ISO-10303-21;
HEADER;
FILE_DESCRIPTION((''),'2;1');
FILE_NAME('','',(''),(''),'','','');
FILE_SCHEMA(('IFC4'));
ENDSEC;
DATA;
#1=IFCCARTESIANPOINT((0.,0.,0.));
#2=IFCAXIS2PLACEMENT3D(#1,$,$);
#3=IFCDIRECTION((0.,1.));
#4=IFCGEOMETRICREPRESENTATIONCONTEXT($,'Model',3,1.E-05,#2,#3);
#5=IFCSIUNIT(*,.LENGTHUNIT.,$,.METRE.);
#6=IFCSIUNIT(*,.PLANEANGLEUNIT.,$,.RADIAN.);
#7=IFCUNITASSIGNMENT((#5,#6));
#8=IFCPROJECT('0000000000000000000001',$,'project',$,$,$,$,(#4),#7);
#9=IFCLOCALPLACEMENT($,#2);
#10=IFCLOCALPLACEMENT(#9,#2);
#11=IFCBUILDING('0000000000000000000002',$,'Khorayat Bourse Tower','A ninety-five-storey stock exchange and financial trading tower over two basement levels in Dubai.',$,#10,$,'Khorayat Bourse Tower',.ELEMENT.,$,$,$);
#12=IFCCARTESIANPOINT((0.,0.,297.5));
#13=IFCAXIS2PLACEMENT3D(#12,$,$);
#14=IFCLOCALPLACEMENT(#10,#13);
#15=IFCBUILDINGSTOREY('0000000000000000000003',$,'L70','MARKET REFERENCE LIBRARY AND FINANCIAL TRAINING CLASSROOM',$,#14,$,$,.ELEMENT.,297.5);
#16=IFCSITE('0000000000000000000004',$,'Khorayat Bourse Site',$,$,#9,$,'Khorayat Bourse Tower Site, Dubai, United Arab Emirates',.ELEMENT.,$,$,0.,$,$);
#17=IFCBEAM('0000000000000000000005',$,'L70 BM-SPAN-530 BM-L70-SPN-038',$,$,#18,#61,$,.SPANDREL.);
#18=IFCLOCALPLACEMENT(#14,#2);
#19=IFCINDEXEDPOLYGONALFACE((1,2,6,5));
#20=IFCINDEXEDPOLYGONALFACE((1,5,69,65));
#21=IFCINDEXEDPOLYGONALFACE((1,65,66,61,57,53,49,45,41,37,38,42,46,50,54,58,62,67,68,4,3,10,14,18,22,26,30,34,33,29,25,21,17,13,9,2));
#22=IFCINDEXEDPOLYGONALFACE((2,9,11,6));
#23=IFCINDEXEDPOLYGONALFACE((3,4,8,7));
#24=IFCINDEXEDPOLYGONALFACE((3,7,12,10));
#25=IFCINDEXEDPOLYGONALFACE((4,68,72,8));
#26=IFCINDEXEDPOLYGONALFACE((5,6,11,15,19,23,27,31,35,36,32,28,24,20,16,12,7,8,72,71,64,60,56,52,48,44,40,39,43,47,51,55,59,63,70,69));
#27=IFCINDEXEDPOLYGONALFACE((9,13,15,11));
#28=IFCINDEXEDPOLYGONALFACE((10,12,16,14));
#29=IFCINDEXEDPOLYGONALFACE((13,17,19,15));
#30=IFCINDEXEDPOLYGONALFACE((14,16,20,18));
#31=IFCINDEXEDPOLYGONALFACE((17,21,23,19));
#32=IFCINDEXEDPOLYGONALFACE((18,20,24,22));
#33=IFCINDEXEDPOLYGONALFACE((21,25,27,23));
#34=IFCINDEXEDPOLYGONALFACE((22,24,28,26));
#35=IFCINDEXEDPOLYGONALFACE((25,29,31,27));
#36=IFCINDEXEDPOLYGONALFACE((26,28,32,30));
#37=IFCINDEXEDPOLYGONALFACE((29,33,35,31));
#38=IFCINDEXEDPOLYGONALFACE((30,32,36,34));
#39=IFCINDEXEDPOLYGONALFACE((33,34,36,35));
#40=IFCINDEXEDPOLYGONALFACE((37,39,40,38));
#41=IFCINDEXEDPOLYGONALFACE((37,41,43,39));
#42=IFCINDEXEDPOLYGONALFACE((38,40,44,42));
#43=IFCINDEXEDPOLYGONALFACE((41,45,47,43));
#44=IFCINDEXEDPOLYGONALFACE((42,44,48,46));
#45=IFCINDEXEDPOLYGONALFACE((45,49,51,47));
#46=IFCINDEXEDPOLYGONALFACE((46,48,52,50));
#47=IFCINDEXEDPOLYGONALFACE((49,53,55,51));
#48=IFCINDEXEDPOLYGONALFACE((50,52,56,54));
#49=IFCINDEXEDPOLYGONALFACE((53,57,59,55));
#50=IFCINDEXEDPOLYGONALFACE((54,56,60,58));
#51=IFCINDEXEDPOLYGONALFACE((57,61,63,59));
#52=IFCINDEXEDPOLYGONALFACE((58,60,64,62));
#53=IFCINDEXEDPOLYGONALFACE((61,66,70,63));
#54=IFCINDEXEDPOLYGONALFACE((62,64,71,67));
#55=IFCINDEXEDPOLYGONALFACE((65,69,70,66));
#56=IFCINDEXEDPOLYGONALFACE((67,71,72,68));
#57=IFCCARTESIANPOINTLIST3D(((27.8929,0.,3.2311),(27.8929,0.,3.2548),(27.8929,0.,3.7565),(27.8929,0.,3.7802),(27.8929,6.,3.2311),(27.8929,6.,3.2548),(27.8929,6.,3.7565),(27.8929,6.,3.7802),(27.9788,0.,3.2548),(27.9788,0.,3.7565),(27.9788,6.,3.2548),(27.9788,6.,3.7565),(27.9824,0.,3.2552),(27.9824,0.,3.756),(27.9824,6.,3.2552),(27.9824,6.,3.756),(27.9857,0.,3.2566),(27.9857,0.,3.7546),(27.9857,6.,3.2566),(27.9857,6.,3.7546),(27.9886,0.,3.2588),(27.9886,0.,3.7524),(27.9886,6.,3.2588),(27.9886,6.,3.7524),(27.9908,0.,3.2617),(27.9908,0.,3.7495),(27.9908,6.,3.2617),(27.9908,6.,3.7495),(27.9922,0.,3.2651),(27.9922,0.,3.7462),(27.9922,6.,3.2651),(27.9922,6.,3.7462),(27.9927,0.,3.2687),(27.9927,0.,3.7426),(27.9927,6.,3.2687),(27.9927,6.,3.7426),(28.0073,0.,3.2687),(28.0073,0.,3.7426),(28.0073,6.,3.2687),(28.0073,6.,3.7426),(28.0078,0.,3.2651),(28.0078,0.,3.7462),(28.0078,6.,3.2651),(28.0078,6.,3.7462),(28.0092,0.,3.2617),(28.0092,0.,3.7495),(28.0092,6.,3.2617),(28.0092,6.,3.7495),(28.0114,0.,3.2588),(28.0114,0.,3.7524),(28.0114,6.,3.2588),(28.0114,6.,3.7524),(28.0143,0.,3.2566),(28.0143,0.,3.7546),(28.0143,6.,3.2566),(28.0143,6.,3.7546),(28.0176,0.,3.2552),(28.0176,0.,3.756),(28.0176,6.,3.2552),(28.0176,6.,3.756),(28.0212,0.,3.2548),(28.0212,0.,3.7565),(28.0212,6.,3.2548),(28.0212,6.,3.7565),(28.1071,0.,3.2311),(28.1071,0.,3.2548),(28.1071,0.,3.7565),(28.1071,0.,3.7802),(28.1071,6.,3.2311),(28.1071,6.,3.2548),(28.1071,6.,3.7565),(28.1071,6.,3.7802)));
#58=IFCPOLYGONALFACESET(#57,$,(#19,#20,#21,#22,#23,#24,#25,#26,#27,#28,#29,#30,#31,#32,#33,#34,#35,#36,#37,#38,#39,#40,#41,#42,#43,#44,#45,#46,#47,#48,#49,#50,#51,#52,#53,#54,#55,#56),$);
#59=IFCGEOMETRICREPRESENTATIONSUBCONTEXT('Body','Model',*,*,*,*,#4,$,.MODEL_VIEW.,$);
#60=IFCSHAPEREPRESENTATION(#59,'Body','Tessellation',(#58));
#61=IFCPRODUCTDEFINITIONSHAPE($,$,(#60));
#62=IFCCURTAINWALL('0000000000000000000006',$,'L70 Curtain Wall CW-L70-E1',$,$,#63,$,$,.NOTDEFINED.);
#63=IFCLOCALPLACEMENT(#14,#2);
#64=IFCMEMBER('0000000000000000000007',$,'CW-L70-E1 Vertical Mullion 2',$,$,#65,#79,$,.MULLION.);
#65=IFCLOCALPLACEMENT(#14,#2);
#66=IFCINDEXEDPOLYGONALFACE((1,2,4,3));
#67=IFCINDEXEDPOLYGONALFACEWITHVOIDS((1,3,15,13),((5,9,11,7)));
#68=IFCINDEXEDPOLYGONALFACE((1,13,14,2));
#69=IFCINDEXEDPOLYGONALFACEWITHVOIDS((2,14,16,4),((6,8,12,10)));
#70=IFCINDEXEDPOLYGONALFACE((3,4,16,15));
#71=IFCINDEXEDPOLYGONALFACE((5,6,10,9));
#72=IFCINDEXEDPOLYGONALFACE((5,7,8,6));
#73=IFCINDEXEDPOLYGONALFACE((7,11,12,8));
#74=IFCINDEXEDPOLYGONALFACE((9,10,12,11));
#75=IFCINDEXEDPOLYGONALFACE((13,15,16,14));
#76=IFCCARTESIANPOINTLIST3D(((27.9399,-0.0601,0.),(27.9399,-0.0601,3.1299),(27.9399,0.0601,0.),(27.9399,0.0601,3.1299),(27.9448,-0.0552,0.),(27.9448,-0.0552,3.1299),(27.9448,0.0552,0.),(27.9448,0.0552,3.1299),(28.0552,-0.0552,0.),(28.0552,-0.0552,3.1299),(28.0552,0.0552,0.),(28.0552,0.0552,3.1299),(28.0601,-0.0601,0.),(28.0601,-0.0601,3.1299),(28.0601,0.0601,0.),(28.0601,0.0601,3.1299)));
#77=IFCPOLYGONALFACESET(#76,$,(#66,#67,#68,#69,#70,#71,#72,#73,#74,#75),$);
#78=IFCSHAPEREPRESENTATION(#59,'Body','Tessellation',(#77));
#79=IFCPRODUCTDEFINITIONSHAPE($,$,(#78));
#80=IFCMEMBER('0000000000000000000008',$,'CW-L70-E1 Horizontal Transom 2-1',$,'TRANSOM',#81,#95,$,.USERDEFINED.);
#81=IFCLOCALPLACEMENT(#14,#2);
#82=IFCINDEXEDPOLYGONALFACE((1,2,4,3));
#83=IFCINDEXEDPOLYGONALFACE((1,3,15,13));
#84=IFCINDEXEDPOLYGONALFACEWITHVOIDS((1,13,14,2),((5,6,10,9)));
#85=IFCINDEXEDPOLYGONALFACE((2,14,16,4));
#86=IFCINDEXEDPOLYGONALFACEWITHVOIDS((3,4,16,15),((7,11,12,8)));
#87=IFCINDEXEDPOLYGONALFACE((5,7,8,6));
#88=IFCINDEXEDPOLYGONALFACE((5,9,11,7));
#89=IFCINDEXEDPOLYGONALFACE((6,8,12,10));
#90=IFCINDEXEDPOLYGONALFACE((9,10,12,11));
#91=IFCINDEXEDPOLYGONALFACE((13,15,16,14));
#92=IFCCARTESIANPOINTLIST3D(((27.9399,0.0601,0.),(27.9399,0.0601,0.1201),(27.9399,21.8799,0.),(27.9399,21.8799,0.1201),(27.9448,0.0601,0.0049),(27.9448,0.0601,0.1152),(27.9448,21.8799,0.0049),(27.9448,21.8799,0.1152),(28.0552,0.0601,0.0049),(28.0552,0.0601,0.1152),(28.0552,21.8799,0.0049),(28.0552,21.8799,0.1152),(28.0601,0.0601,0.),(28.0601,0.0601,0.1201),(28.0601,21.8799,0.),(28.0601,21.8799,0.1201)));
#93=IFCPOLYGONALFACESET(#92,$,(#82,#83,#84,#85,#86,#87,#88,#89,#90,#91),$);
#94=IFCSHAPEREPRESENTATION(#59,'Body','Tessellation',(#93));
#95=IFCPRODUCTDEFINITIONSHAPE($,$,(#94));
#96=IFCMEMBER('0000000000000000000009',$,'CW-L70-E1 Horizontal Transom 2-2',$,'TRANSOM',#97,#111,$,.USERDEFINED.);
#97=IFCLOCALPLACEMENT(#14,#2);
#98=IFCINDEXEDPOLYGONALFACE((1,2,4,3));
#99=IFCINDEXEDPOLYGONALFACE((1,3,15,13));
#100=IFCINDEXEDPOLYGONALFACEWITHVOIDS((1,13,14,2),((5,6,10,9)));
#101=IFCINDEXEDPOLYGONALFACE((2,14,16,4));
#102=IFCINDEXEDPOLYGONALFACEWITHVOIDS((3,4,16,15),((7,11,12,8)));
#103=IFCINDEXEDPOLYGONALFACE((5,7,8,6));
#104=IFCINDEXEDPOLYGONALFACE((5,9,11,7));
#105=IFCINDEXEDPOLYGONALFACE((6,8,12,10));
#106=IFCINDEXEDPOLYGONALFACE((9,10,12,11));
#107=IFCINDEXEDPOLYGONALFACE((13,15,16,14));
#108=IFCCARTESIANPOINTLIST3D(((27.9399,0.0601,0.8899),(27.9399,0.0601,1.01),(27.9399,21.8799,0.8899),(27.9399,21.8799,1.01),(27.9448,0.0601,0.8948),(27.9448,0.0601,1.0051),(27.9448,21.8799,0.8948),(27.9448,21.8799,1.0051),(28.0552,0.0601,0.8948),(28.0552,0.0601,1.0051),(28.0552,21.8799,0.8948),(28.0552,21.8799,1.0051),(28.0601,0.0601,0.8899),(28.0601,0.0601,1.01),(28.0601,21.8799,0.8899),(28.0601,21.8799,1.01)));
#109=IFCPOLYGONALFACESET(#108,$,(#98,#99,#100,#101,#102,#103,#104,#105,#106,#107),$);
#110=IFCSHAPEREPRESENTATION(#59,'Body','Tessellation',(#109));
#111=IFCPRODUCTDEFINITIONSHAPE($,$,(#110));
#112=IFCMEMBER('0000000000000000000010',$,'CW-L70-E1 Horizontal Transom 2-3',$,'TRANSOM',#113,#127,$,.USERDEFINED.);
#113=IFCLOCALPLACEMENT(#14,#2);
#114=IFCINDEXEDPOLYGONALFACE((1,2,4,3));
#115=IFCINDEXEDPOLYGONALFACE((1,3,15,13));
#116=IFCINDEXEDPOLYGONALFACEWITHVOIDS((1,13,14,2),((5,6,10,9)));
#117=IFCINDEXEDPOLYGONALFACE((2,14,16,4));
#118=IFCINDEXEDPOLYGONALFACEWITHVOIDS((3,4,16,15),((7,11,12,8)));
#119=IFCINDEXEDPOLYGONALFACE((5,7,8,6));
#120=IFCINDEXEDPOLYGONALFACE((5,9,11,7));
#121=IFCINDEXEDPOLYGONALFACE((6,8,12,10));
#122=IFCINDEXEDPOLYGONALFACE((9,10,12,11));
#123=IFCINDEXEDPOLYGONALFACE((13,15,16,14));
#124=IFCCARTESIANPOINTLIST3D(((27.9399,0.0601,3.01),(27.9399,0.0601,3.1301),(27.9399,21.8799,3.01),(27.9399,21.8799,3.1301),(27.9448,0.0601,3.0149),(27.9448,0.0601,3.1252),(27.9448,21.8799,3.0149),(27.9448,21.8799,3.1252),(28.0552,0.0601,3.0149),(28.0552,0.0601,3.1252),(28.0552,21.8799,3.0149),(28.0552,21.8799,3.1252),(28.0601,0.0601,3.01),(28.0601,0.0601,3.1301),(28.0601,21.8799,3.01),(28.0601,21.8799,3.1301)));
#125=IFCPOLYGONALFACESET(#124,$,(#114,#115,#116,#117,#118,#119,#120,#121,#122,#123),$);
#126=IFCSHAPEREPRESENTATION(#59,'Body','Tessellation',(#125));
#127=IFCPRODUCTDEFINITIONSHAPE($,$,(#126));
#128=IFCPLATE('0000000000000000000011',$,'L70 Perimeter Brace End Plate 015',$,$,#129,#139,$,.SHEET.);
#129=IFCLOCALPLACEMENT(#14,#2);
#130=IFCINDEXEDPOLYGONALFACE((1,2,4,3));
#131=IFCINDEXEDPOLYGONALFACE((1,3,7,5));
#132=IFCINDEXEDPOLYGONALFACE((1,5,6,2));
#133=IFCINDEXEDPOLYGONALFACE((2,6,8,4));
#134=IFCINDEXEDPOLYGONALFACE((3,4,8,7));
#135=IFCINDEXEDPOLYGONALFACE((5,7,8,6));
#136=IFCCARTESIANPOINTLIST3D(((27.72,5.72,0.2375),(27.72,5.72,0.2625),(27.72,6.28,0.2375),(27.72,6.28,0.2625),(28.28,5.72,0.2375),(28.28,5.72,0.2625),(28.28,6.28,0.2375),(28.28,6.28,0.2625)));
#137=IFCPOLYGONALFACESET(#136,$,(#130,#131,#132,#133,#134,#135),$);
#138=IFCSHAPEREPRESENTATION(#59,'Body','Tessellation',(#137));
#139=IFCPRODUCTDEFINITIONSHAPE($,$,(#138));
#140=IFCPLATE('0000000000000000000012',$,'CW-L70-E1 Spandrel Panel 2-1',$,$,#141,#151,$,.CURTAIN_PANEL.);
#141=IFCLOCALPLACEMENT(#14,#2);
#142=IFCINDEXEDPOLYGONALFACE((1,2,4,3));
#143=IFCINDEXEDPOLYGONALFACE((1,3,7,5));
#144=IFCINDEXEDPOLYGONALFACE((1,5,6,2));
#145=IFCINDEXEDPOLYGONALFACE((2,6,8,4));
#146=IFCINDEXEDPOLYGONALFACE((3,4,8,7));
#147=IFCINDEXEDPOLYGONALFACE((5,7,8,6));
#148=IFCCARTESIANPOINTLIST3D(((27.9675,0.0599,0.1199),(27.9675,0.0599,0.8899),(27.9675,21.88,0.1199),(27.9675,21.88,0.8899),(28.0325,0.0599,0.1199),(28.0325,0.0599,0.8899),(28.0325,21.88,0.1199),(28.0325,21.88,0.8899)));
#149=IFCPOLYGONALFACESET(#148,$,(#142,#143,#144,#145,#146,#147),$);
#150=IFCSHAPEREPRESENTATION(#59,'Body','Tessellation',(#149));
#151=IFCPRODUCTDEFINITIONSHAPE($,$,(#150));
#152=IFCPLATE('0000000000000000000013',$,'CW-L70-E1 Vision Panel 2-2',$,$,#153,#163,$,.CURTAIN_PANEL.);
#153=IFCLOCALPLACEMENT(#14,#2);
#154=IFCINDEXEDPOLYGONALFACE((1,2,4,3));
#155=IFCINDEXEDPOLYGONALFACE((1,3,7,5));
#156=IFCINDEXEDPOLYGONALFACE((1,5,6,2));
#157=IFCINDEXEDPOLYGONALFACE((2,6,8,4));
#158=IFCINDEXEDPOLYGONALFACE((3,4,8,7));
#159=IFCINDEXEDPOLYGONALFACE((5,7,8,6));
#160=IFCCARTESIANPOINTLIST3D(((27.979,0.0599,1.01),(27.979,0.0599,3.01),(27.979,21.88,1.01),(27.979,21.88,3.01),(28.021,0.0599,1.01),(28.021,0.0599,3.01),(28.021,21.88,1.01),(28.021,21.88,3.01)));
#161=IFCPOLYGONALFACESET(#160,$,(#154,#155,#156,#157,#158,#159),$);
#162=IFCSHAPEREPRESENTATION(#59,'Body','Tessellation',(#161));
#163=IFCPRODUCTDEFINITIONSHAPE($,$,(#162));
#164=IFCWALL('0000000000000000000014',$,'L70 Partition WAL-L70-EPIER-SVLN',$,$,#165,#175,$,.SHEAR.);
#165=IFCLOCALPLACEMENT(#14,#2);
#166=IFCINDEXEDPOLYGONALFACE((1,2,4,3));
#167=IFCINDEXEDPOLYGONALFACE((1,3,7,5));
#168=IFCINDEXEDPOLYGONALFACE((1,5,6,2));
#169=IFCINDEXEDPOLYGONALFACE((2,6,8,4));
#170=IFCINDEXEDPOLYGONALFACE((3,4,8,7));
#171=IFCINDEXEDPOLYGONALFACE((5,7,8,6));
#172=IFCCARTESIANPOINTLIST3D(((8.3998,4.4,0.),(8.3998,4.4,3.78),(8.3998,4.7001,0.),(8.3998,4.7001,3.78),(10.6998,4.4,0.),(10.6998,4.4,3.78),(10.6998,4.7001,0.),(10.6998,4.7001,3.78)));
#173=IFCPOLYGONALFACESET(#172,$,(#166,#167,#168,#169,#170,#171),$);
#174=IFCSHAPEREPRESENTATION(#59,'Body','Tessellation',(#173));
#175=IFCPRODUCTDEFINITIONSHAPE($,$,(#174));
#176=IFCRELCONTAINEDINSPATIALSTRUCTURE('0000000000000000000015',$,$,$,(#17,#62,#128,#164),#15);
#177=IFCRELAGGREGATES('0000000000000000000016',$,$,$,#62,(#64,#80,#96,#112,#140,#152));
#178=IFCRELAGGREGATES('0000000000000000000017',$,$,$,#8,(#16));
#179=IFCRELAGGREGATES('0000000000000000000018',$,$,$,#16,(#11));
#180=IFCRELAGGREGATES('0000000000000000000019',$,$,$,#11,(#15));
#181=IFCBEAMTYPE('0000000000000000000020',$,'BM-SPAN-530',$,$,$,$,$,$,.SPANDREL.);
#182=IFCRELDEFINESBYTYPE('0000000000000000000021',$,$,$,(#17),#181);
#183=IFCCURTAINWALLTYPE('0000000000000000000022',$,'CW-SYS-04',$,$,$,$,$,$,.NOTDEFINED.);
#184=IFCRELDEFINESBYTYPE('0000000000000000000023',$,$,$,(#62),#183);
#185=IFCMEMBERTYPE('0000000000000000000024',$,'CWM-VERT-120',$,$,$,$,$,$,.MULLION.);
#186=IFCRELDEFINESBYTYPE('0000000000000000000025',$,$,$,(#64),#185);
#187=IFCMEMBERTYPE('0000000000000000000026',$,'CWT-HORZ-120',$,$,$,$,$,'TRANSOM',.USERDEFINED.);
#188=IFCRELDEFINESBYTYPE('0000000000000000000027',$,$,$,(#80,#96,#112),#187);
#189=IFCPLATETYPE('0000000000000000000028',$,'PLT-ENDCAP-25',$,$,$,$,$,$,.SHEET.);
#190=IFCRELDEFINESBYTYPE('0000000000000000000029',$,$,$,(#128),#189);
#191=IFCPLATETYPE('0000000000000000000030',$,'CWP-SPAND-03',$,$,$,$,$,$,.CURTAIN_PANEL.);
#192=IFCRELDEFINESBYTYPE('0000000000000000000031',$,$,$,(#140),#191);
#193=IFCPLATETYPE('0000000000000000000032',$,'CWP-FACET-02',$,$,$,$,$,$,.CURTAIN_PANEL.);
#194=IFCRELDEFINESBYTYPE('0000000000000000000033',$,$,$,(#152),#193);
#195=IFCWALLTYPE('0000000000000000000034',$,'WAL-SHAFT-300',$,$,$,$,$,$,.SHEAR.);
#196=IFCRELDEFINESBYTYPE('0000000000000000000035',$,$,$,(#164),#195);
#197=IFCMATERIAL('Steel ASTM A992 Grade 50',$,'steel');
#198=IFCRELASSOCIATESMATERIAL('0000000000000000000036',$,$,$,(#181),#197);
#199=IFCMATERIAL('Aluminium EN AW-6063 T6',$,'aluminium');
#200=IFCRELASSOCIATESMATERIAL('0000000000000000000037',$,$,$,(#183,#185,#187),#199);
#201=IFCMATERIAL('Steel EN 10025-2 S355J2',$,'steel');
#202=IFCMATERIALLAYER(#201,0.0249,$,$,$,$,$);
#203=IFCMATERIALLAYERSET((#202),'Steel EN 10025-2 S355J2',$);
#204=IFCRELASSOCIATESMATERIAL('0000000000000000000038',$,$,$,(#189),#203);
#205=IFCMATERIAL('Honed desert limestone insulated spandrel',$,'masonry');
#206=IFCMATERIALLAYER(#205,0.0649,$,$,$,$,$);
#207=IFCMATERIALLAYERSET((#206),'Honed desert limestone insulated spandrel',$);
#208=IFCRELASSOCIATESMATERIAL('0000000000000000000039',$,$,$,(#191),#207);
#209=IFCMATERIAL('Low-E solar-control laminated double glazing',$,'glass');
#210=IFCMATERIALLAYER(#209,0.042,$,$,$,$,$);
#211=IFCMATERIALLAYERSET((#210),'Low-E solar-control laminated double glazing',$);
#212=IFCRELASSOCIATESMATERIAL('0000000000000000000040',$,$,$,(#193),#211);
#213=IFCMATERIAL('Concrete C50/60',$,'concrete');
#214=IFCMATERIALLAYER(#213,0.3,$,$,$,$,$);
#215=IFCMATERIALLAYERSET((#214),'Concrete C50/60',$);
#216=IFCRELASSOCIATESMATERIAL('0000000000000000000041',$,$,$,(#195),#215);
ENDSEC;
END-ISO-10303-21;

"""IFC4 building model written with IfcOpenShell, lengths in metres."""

from ifc_helpers import new_model, si_unit, direction, frame, frame_2d, origin, origin_2d, place, context, subcontext, project, spatial, rectangle, hollow_rectangle, i_section, extrude, source, transform, mapped, material, layer, layer_set, material_profile, profile_set, type_object, element, aggregate, save


model = new_model("IFC4")

# Units and contexts
model_context = context("Model", 3, precision=1e-05, world=origin(), true_north=direction((0.0, 1.0)))
body_context = subcontext(model_context, "Body", "Model", "MODEL_VIEW")
ifc_project = project(units=[si_unit("LENGTHUNIT", "METRE"), si_unit("PLANEANGLEUNIT", "RADIAN")], contexts=[model_context])

# Site, building, storey
site_placement = place(None, origin())
site = spatial("IfcSite", under=ifc_project, at=site_placement, Name="Khorayat Bourse Site", LongName="Khorayat Bourse Tower Site, Dubai, United Arab Emirates", CompositionType="ELEMENT", RefElevation=0.0)
building_placement = place(site_placement, origin())
building = spatial("IfcBuilding", under=site, at=building_placement, Name="Khorayat Bourse Tower", Description="A ninety-five-storey stock exchange and financial trading tower over two basement levels in Dubai.", LongName="Khorayat Bourse Tower", CompositionType="ELEMENT")
storey_placement = place(building_placement, frame((0.0, 0.0, 297.5)))
storey = spatial("IfcBuildingStorey", under=building, at=storey_placement, Name="L70", Description="MARKET REFERENCE LIBRARY AND FINANCIAL TRAINING CLASSROOM", CompositionType="ELEMENT", Elevation=297.5)

# Beam
ifc_material_1 = material(Name="Steel ASTM A992 Grade 50", Category="steel")
ifc_material_profile_1 = material_profile(ifc_material_1, i_section(OverallWidth=0.2141, OverallDepth=0.5491, WebThickness=0.0146, FlangeThickness=0.0237, FilletRadius=0.0139, at=origin_2d()), Name="W530X138")
ifc_profile_set_1 = profile_set([ifc_material_profile_1], Name="Steel ASTM A992 Grade 50")
beam_type_1 = type_object("IfcBeamType", Name="BM-SPAN-530", PredefinedType="SPANDREL", material=ifc_profile_set_1)
shared_shape_1 = source(origin(), body_context, "Body", "SweptSolid", [
    extrude(i_section(OverallWidth=0.2141, OverallDepth=0.5491, WebThickness=0.0146, FlangeThickness=0.0237, FilletRadius=0.0139, at=origin_2d()), origin(), (0.0, 0.0, 1.0), 6.0),
])
beam_1_placement = place(storey_placement, frame((28.0, 0.0, 3.5056), z_axis=(0.0, 1.0, 0.0), x_axis=(-1.0, 0.0, 0.0)))
element("IfcBeam", 1, at=beam_1_placement, inside=storey, type_object=beam_type_1, Name="L70 BM-SPAN-530 BM-L70-SPN-038", PredefinedType="SPANDREL", context=body_context, shape_type="MappedRepresentation", body=[
    mapped(shared_shape_1, transform((0.0, 0.0, 0.0), scale=1.0)),
])

# Curtain wall, members
ifc_material_2 = material(Name="Aluminium EN AW-6063 T6", Category="aluminium")
curtain_wall_type = type_object("IfcCurtainWallType", Name="CW-SYS-04", PredefinedType="NOTDEFINED", material=ifc_material_2)
curtain_wall_placement = place(storey_placement, origin())
curtain_wall = element("IfcCurtainWall", 2, at=curtain_wall_placement, inside=storey, type_object=curtain_wall_type, Name="L70 Curtain Wall CW-L70-E1", PredefinedType="NOTDEFINED")
ifc_material_profile_2 = material_profile(ifc_material_2, hollow_rectangle(XDim=0.1201, YDim=0.1201, WallThickness=0.0049, at=origin_2d()), Name="ALU 120x120x5")
ifc_profile_set_2 = profile_set([ifc_material_profile_2], Name="Aluminium EN AW-6063 T6")
member_type_1 = type_object("IfcMemberType", Name="CWM-VERT-120", PredefinedType="MULLION", material=ifc_profile_set_2)
shared_shape_2 = source(origin(), body_context, "Body", "SweptSolid", [
    extrude(hollow_rectangle(XDim=0.1201, YDim=0.1201, WallThickness=0.0049, at=origin_2d()), origin(), (0.0, 0.0, 1.0), 3.1299),
])
member_1_placement = place(storey_placement, frame((28.0, 0.0, 0.0), z_axis=(0.0, 0.0, 1.0), x_axis=(-1.0, 0.0, 0.0)))
member_1 = element("IfcMember", 3, at=member_1_placement, type_object=member_type_1, Name="CW-L70-E1 Vertical Mullion 2", PredefinedType="MULLION", context=body_context, shape_type="MappedRepresentation", body=[
    mapped(shared_shape_2, transform((0.0, 0.0, 0.0), scale=1.0)),
])
ifc_material_profile_3 = material_profile(ifc_material_2, hollow_rectangle(XDim=0.1201, YDim=0.1201, WallThickness=0.0049, at=origin_2d()), Name="ALU 120x120x5")
ifc_profile_set_3 = profile_set([ifc_material_profile_3], Name="Aluminium EN AW-6063 T6")
member_type_2 = type_object("IfcMemberType", Name="CWT-HORZ-120", ElementType="TRANSOM", PredefinedType="USERDEFINED", material=ifc_profile_set_3)
shared_shape_3 = source(origin(), body_context, "Body", "SweptSolid", [
    extrude(hollow_rectangle(XDim=0.1201, YDim=0.1201, WallThickness=0.0049, at=origin_2d()), origin(), (0.0, 0.0, 1.0), 21.8198),
])
member_2_placement = place(storey_placement, frame((28.0, 0.0601, 0.0601), z_axis=(0.0, 1.0, 0.0), x_axis=(-1.0, 0.0, 0.0)))
member_2 = element("IfcMember", 4, at=member_2_placement, type_object=member_type_2, Name="CW-L70-E1 Horizontal Transom 2-1", ObjectType="TRANSOM", PredefinedType="USERDEFINED", context=body_context, shape_type="MappedRepresentation", body=[
    mapped(shared_shape_3, transform((0.0, 0.0, 0.0), scale=1.0)),
])
member_3_placement = place(storey_placement, frame((28.0, 0.0601, 0.95), z_axis=(0.0, 1.0, 0.0), x_axis=(-1.0, 0.0, 0.0)))
member_3 = element("IfcMember", 5, at=member_3_placement, type_object=member_type_2, Name="CW-L70-E1 Horizontal Transom 2-2", ObjectType="TRANSOM", PredefinedType="USERDEFINED", context=body_context, shape_type="MappedRepresentation", body=[
    mapped(shared_shape_3, transform((0.0, 0.0, 0.0), scale=1.0)),
])
member_4_placement = place(storey_placement, frame((28.0, 0.0601, 3.0701), z_axis=(0.0, 1.0, 0.0), x_axis=(-1.0, 0.0, 0.0)))
member_4 = element("IfcMember", 6, at=member_4_placement, type_object=member_type_2, Name="CW-L70-E1 Horizontal Transom 2-3", ObjectType="TRANSOM", PredefinedType="USERDEFINED", context=body_context, shape_type="MappedRepresentation", body=[
    mapped(shared_shape_3, transform((0.0, 0.0, 0.0), scale=1.0)),
])

# Plates
ifc_material_3 = material(Name="Steel EN 10025-2 S355J2", Category="steel")
ifc_layer_1 = layer(ifc_material_3, 0.0249)
ifc_layer_set_1 = layer_set([ifc_layer_1], Name="Steel EN 10025-2 S355J2")
plate_type_1 = type_object("IfcPlateType", Name="PLT-ENDCAP-25", PredefinedType="SHEET", material=ifc_layer_set_1)
shared_shape_4 = source(origin(), body_context, "Body", "SweptSolid", [
    extrude(rectangle(XDim=0.5601, YDim=0.5601, at=origin_2d()), origin(), (0.0, 0.0, 1.0), 0.0249),
])
plate_1_placement = place(storey_placement, frame((28.0, 6.0, 0.2375), z_axis=(0.0, 0.0, 1.0), x_axis=(1.0, 0.0, 0.0)))
element("IfcPlate", 7, at=plate_1_placement, inside=storey, type_object=plate_type_1, Name="L70 Perimeter Brace End Plate 015", PredefinedType="SHEET", context=body_context, shape_type="MappedRepresentation", body=[
    mapped(shared_shape_4, transform((0.0, 0.0, 0.0), scale=1.0)),
])
ifc_material_4 = material(Name="Honed desert limestone insulated spandrel", Category="masonry")
ifc_layer_2 = layer(ifc_material_4, 0.0649)
ifc_layer_set_2 = layer_set([ifc_layer_2], Name="Honed desert limestone insulated spandrel")
plate_type_2 = type_object("IfcPlateType", Name="CWP-SPAND-03", PredefinedType="CURTAIN_PANEL", material=ifc_layer_set_2)
shared_shape_5 = source(origin(), body_context, "Body", "SweptSolid", [
    extrude(rectangle(XDim=21.8201, YDim=0.0649, at=origin_2d()), origin(), (0.0, 0.0, 1.0), 0.77),
])
plate_2_placement = place(storey_placement, frame((28.0, 10.97, 0.1199), z_axis=(0.0, 0.0, 1.0), x_axis=(0.0, 1.0, 0.0)))
plate_2 = element("IfcPlate", 8, at=plate_2_placement, type_object=plate_type_2, Name="CW-L70-E1 Spandrel Panel 2-1", PredefinedType="CURTAIN_PANEL", context=body_context, shape_type="MappedRepresentation", body=[
    mapped(shared_shape_5, transform((0.0, 0.0, 0.0), scale=1.0)),
])
ifc_material_5 = material(Name="Low-E solar-control laminated double glazing", Category="glass")
ifc_layer_3 = layer(ifc_material_5, 0.042)
ifc_layer_set_3 = layer_set([ifc_layer_3], Name="Low-E solar-control laminated double glazing")
plate_type_3 = type_object("IfcPlateType", Name="CWP-FACET-02", PredefinedType="CURTAIN_PANEL", material=ifc_layer_set_3)
shared_shape_6 = source(origin(), body_context, "Body", "SweptSolid", [
    extrude(rectangle(XDim=21.8201, YDim=0.042, at=origin_2d()), origin(), (0.0, 0.0, 1.0), 2.0),
])
plate_3_placement = place(storey_placement, frame((28.0, 10.97, 1.01), z_axis=(0.0, 0.0, 1.0), x_axis=(0.0, 1.0, 0.0)))
plate_3 = element("IfcPlate", 9, at=plate_3_placement, type_object=plate_type_3, Name="CW-L70-E1 Vision Panel 2-2", PredefinedType="CURTAIN_PANEL", context=body_context, shape_type="MappedRepresentation", body=[
    mapped(shared_shape_6, transform((0.0, 0.0, 0.0), scale=1.0)),
])
aggregate(curtain_wall, [member_1, member_2, member_3, member_4, plate_2, plate_3])

# Wall
ifc_material_6 = material(Name="Concrete C50/60", Category="concrete")
ifc_layer_4 = layer(ifc_material_6, 0.3)
ifc_layer_set_4 = layer_set([ifc_layer_4], Name="Concrete C50/60")
wall_type_1 = type_object("IfcWallType", Name="WAL-SHAFT-300", PredefinedType="SHEAR", material=ifc_layer_set_4)
shared_shape_7 = source(origin(), body_context, "Body", "SweptSolid", [
    extrude(rectangle(XDim=2.3, YDim=0.3, at=frame_2d((1.1499, 0.0))), origin(), (0.0, 0.0, 1.0), 3.78),
])
for number, where, z_axis, x_axis, name in (
    (10, (8.3999, 4.55, 0.0), (0.0, 0.0, 1.0), (1.0, 0.0, 0.0), "L70 Partition WAL-L70-EPIER-SVLN"),
):
    element("IfcWall", number, at=place(storey_placement, frame(where, z_axis=z_axis, x_axis=x_axis)), inside=storey, type_object=wall_type_1, Name=name, PredefinedType="SHEAR", context=body_context, shape_type="MappedRepresentation", body=[
        mapped(shared_shape_7, transform((0.0, 0.0, 0.0), scale=1.0)),
    ])

save(model, "model.ifc")
